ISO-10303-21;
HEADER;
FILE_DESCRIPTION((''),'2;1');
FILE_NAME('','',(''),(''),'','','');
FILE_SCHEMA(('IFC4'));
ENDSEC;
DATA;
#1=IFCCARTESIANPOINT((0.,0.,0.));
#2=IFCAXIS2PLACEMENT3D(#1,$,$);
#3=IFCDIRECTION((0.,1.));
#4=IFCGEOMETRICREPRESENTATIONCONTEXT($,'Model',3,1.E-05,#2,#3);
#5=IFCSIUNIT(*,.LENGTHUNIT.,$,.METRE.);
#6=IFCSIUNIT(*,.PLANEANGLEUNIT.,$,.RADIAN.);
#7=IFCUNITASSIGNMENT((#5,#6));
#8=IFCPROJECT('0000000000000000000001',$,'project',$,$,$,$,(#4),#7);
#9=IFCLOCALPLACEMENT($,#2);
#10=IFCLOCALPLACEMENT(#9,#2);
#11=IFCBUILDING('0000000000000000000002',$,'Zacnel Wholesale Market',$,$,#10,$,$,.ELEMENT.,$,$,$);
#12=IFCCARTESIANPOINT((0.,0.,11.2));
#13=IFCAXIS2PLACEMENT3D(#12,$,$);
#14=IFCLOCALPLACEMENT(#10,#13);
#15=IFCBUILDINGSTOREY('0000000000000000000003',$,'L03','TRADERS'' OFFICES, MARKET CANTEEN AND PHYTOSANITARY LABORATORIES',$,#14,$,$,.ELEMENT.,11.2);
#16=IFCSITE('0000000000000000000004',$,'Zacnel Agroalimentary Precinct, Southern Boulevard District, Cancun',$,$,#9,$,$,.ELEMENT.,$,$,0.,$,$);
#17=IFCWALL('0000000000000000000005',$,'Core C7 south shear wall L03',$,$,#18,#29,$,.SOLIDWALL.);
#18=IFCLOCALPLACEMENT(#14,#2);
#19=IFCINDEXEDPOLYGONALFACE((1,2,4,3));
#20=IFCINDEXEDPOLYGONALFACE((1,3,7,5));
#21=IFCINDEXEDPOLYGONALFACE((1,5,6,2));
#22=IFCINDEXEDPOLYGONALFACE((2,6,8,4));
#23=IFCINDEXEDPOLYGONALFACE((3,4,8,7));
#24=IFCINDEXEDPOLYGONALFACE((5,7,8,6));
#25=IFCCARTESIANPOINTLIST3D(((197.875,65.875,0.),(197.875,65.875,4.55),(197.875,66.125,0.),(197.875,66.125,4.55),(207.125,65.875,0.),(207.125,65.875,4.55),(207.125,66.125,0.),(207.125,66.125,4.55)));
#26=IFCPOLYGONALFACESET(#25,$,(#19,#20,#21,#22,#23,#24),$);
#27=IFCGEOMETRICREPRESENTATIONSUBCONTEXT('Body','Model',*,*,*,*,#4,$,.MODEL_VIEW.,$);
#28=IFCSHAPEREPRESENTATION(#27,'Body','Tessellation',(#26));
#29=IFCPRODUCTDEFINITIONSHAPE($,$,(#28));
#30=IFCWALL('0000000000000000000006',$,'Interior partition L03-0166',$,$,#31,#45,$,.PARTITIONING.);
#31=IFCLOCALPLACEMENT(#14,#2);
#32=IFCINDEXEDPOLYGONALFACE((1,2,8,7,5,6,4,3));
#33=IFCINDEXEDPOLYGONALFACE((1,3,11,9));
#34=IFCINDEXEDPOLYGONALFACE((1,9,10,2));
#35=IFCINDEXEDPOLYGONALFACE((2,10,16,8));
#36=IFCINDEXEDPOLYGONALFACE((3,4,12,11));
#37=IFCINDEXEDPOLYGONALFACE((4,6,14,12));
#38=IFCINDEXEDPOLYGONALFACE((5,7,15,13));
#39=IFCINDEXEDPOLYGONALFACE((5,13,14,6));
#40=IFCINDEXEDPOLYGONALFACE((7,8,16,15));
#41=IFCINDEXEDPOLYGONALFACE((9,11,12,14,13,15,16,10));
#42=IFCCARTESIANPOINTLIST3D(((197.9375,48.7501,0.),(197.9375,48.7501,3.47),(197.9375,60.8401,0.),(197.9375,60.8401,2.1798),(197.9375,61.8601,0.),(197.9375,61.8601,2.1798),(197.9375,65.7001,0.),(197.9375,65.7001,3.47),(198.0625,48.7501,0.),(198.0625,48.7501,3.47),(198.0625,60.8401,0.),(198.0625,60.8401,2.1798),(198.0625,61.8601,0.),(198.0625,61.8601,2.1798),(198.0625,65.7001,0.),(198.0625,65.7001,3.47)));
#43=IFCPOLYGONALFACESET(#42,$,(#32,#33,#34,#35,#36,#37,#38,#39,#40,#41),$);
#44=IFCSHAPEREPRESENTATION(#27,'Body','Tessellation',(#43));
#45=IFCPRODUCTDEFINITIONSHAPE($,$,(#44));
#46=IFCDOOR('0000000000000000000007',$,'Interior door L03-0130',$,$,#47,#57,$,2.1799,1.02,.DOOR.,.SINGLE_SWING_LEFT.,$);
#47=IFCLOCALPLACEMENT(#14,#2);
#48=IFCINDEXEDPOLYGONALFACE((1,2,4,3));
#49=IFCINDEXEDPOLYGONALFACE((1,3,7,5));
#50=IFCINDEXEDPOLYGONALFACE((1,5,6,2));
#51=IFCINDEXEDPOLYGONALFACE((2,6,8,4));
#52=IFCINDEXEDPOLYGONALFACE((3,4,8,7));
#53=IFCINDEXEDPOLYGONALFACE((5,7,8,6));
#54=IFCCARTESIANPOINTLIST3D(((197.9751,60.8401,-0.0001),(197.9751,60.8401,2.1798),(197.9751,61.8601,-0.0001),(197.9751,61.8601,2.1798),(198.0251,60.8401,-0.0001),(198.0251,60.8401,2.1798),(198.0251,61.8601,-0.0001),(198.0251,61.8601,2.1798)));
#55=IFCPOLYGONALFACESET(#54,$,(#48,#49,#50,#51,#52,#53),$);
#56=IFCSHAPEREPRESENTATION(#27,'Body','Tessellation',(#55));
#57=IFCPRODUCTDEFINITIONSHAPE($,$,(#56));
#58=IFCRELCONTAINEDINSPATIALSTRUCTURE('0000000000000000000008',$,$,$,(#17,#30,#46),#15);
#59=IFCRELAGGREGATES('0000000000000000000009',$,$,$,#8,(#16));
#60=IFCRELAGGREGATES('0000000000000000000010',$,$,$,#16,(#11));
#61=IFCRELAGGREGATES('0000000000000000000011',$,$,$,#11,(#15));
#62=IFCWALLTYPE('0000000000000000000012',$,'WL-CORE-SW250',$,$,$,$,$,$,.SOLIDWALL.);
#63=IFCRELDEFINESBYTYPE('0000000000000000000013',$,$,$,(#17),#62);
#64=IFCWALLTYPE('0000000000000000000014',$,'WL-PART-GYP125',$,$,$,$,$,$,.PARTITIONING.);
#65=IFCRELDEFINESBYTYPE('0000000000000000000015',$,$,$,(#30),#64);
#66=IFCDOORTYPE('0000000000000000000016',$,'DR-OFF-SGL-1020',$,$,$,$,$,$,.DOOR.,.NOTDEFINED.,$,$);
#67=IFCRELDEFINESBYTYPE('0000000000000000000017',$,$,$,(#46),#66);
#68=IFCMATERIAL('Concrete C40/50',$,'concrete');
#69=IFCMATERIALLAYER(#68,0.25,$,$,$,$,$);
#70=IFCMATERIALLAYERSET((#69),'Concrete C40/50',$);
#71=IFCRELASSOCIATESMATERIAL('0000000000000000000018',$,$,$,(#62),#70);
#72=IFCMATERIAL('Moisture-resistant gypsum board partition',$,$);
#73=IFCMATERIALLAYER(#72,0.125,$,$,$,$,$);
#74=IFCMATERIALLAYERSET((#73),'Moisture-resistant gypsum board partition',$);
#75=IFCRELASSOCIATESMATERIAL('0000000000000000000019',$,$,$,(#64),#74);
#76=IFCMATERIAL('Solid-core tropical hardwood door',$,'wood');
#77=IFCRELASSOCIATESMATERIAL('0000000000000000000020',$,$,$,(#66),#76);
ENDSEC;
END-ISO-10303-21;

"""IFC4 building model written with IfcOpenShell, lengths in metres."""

from ifc_helpers import new_model, si_unit, direction, frame, frame_2d, origin, place, context, subcontext, project, spatial, rectangle, extrude, material, layer, layer_set, type_object, element, fill, save


model = new_model("IFC4")

# Units and contexts
model_context = context("Model", 3, precision=1e-05, world=origin(), true_north=direction((0.0, 1.0)))
body_context = subcontext(model_context, "Body", "Model", "MODEL_VIEW")
ifc_project = project(units=[si_unit("LENGTHUNIT", "METRE"), si_unit("PLANEANGLEUNIT", "RADIAN")], contexts=[model_context])

# Site, building, storey
site_placement = place(None, origin())
site = spatial("IfcSite", under=ifc_project, at=site_placement, Name="Zacnel Agroalimentary Precinct, Southern Boulevard District, Cancun", CompositionType="ELEMENT", RefElevation=0.0)
building_placement = place(site_placement, origin())
building = spatial("IfcBuilding", under=site, at=building_placement, Name="Zacnel Wholesale Market", CompositionType="ELEMENT")
storey_placement = place(building_placement, frame((0.0, 0.0, 11.2)))
storey = spatial("IfcBuildingStorey", under=building, at=storey_placement, Name="L03", Description="TRADERS' OFFICES, MARKET CANTEEN AND PHYTOSANITARY LABORATORIES", CompositionType="ELEMENT", Elevation=11.2)

# Wall
ifc_material_1 = material(Name="Concrete C40/50", Category="concrete")
ifc_layer_1 = layer(ifc_material_1, 0.25)
ifc_layer_set_1 = layer_set([ifc_layer_1], Name="Concrete C40/50")
wall_type_1 = type_object("IfcWallType", Name="WL-CORE-SW250", PredefinedType="SOLIDWALL", material=ifc_layer_set_1)
wall_1_placement = place(storey_placement, frame((197.875, 66.0, 0.0), z_axis=(0.0, 0.0, 1.0), x_axis=(1.0, 0.0, 0.0)))
element("IfcWall", 1, at=wall_1_placement, inside=storey, type_object=wall_type_1, Name="Core C7 south shear wall L03", PredefinedType="SOLIDWALL", context=body_context, shape_type="SweptSolid", body=[
    extrude(rectangle(XDim=9.25, YDim=0.25, at=frame_2d((4.625, 0.0))), origin(), (0.0, 0.0, 1.0), 4.55),
])

# Wall, opening, door
ifc_material_2 = material(Name="Moisture-resistant gypsum board partition")
ifc_layer_2 = layer(ifc_material_2, 0.125)
ifc_layer_set_2 = layer_set([ifc_layer_2], Name="Moisture-resistant gypsum board partition")
wall_type_2 = type_object("IfcWallType", Name="WL-PART-GYP125", PredefinedType="PARTITIONING", material=ifc_layer_set_2)
wall_2_placement = place(storey_placement, frame((198.0, 48.75, 0.0), z_axis=(0.0, 0.0, 1.0), x_axis=(0.0, 1.0, 0.0)))
wall_2 = element("IfcWall", 2, at=wall_2_placement, inside=storey, type_object=wall_type_2, Name="Interior partition L03-0166", PredefinedType="PARTITIONING", context=body_context, shape_type="SweptSolid", body=[
    extrude(rectangle(XDim=16.95, YDim=0.125, at=frame_2d((8.4751, 0.0))), origin(), (0.0, 0.0, 1.0), 3.47),
])
opening_placement = place(wall_2_placement, frame((12.0901, 0.0, 0.0)))
opening = element("IfcOpeningElement", 3, at=opening_placement, cuts=wall_2, PredefinedType="OPENING", context=body_context, shape_type="SweptSolid", body=[
    extrude(rectangle(XDim=1.02, YDim=2.1799, at=frame_2d((0.51, 1.0898))), frame((0.0, 0.0725, 0.0), z_axis=(0.0, -1.0, 0.0), x_axis=(1.0, 0.0, 0.0)), (0.0, 0.0, 1.0), 0.145),
])
ifc_material_3 = material(Name="Solid-core tropical hardwood door", Category="wood")
door_type = type_object("IfcDoorType", Name="DR-OFF-SGL-1020", OperationType="NOTDEFINED", PredefinedType="DOOR", material=ifc_material_3)
door_placement = place(opening_placement, origin())
door = element("IfcDoor", 4, at=door_placement, inside=storey, type_object=door_type, Name="Interior door L03-0130", OperationType="SINGLE_SWING_LEFT", OverallHeight=2.1799, OverallWidth=1.02, PredefinedType="DOOR", context=body_context, shape_type="SweptSolid", body=[
    extrude(rectangle(XDim=1.02, YDim=2.1799, at=frame_2d((0.51, 1.0898))), frame((0.0, 0.0249, 0.0), z_axis=(0.0, -1.0, 0.0), x_axis=(1.0, 0.0, 0.0)), (0.0, 0.0, 1.0), 0.05),
])
fill(opening, door)

save(model, "model.ifc")
